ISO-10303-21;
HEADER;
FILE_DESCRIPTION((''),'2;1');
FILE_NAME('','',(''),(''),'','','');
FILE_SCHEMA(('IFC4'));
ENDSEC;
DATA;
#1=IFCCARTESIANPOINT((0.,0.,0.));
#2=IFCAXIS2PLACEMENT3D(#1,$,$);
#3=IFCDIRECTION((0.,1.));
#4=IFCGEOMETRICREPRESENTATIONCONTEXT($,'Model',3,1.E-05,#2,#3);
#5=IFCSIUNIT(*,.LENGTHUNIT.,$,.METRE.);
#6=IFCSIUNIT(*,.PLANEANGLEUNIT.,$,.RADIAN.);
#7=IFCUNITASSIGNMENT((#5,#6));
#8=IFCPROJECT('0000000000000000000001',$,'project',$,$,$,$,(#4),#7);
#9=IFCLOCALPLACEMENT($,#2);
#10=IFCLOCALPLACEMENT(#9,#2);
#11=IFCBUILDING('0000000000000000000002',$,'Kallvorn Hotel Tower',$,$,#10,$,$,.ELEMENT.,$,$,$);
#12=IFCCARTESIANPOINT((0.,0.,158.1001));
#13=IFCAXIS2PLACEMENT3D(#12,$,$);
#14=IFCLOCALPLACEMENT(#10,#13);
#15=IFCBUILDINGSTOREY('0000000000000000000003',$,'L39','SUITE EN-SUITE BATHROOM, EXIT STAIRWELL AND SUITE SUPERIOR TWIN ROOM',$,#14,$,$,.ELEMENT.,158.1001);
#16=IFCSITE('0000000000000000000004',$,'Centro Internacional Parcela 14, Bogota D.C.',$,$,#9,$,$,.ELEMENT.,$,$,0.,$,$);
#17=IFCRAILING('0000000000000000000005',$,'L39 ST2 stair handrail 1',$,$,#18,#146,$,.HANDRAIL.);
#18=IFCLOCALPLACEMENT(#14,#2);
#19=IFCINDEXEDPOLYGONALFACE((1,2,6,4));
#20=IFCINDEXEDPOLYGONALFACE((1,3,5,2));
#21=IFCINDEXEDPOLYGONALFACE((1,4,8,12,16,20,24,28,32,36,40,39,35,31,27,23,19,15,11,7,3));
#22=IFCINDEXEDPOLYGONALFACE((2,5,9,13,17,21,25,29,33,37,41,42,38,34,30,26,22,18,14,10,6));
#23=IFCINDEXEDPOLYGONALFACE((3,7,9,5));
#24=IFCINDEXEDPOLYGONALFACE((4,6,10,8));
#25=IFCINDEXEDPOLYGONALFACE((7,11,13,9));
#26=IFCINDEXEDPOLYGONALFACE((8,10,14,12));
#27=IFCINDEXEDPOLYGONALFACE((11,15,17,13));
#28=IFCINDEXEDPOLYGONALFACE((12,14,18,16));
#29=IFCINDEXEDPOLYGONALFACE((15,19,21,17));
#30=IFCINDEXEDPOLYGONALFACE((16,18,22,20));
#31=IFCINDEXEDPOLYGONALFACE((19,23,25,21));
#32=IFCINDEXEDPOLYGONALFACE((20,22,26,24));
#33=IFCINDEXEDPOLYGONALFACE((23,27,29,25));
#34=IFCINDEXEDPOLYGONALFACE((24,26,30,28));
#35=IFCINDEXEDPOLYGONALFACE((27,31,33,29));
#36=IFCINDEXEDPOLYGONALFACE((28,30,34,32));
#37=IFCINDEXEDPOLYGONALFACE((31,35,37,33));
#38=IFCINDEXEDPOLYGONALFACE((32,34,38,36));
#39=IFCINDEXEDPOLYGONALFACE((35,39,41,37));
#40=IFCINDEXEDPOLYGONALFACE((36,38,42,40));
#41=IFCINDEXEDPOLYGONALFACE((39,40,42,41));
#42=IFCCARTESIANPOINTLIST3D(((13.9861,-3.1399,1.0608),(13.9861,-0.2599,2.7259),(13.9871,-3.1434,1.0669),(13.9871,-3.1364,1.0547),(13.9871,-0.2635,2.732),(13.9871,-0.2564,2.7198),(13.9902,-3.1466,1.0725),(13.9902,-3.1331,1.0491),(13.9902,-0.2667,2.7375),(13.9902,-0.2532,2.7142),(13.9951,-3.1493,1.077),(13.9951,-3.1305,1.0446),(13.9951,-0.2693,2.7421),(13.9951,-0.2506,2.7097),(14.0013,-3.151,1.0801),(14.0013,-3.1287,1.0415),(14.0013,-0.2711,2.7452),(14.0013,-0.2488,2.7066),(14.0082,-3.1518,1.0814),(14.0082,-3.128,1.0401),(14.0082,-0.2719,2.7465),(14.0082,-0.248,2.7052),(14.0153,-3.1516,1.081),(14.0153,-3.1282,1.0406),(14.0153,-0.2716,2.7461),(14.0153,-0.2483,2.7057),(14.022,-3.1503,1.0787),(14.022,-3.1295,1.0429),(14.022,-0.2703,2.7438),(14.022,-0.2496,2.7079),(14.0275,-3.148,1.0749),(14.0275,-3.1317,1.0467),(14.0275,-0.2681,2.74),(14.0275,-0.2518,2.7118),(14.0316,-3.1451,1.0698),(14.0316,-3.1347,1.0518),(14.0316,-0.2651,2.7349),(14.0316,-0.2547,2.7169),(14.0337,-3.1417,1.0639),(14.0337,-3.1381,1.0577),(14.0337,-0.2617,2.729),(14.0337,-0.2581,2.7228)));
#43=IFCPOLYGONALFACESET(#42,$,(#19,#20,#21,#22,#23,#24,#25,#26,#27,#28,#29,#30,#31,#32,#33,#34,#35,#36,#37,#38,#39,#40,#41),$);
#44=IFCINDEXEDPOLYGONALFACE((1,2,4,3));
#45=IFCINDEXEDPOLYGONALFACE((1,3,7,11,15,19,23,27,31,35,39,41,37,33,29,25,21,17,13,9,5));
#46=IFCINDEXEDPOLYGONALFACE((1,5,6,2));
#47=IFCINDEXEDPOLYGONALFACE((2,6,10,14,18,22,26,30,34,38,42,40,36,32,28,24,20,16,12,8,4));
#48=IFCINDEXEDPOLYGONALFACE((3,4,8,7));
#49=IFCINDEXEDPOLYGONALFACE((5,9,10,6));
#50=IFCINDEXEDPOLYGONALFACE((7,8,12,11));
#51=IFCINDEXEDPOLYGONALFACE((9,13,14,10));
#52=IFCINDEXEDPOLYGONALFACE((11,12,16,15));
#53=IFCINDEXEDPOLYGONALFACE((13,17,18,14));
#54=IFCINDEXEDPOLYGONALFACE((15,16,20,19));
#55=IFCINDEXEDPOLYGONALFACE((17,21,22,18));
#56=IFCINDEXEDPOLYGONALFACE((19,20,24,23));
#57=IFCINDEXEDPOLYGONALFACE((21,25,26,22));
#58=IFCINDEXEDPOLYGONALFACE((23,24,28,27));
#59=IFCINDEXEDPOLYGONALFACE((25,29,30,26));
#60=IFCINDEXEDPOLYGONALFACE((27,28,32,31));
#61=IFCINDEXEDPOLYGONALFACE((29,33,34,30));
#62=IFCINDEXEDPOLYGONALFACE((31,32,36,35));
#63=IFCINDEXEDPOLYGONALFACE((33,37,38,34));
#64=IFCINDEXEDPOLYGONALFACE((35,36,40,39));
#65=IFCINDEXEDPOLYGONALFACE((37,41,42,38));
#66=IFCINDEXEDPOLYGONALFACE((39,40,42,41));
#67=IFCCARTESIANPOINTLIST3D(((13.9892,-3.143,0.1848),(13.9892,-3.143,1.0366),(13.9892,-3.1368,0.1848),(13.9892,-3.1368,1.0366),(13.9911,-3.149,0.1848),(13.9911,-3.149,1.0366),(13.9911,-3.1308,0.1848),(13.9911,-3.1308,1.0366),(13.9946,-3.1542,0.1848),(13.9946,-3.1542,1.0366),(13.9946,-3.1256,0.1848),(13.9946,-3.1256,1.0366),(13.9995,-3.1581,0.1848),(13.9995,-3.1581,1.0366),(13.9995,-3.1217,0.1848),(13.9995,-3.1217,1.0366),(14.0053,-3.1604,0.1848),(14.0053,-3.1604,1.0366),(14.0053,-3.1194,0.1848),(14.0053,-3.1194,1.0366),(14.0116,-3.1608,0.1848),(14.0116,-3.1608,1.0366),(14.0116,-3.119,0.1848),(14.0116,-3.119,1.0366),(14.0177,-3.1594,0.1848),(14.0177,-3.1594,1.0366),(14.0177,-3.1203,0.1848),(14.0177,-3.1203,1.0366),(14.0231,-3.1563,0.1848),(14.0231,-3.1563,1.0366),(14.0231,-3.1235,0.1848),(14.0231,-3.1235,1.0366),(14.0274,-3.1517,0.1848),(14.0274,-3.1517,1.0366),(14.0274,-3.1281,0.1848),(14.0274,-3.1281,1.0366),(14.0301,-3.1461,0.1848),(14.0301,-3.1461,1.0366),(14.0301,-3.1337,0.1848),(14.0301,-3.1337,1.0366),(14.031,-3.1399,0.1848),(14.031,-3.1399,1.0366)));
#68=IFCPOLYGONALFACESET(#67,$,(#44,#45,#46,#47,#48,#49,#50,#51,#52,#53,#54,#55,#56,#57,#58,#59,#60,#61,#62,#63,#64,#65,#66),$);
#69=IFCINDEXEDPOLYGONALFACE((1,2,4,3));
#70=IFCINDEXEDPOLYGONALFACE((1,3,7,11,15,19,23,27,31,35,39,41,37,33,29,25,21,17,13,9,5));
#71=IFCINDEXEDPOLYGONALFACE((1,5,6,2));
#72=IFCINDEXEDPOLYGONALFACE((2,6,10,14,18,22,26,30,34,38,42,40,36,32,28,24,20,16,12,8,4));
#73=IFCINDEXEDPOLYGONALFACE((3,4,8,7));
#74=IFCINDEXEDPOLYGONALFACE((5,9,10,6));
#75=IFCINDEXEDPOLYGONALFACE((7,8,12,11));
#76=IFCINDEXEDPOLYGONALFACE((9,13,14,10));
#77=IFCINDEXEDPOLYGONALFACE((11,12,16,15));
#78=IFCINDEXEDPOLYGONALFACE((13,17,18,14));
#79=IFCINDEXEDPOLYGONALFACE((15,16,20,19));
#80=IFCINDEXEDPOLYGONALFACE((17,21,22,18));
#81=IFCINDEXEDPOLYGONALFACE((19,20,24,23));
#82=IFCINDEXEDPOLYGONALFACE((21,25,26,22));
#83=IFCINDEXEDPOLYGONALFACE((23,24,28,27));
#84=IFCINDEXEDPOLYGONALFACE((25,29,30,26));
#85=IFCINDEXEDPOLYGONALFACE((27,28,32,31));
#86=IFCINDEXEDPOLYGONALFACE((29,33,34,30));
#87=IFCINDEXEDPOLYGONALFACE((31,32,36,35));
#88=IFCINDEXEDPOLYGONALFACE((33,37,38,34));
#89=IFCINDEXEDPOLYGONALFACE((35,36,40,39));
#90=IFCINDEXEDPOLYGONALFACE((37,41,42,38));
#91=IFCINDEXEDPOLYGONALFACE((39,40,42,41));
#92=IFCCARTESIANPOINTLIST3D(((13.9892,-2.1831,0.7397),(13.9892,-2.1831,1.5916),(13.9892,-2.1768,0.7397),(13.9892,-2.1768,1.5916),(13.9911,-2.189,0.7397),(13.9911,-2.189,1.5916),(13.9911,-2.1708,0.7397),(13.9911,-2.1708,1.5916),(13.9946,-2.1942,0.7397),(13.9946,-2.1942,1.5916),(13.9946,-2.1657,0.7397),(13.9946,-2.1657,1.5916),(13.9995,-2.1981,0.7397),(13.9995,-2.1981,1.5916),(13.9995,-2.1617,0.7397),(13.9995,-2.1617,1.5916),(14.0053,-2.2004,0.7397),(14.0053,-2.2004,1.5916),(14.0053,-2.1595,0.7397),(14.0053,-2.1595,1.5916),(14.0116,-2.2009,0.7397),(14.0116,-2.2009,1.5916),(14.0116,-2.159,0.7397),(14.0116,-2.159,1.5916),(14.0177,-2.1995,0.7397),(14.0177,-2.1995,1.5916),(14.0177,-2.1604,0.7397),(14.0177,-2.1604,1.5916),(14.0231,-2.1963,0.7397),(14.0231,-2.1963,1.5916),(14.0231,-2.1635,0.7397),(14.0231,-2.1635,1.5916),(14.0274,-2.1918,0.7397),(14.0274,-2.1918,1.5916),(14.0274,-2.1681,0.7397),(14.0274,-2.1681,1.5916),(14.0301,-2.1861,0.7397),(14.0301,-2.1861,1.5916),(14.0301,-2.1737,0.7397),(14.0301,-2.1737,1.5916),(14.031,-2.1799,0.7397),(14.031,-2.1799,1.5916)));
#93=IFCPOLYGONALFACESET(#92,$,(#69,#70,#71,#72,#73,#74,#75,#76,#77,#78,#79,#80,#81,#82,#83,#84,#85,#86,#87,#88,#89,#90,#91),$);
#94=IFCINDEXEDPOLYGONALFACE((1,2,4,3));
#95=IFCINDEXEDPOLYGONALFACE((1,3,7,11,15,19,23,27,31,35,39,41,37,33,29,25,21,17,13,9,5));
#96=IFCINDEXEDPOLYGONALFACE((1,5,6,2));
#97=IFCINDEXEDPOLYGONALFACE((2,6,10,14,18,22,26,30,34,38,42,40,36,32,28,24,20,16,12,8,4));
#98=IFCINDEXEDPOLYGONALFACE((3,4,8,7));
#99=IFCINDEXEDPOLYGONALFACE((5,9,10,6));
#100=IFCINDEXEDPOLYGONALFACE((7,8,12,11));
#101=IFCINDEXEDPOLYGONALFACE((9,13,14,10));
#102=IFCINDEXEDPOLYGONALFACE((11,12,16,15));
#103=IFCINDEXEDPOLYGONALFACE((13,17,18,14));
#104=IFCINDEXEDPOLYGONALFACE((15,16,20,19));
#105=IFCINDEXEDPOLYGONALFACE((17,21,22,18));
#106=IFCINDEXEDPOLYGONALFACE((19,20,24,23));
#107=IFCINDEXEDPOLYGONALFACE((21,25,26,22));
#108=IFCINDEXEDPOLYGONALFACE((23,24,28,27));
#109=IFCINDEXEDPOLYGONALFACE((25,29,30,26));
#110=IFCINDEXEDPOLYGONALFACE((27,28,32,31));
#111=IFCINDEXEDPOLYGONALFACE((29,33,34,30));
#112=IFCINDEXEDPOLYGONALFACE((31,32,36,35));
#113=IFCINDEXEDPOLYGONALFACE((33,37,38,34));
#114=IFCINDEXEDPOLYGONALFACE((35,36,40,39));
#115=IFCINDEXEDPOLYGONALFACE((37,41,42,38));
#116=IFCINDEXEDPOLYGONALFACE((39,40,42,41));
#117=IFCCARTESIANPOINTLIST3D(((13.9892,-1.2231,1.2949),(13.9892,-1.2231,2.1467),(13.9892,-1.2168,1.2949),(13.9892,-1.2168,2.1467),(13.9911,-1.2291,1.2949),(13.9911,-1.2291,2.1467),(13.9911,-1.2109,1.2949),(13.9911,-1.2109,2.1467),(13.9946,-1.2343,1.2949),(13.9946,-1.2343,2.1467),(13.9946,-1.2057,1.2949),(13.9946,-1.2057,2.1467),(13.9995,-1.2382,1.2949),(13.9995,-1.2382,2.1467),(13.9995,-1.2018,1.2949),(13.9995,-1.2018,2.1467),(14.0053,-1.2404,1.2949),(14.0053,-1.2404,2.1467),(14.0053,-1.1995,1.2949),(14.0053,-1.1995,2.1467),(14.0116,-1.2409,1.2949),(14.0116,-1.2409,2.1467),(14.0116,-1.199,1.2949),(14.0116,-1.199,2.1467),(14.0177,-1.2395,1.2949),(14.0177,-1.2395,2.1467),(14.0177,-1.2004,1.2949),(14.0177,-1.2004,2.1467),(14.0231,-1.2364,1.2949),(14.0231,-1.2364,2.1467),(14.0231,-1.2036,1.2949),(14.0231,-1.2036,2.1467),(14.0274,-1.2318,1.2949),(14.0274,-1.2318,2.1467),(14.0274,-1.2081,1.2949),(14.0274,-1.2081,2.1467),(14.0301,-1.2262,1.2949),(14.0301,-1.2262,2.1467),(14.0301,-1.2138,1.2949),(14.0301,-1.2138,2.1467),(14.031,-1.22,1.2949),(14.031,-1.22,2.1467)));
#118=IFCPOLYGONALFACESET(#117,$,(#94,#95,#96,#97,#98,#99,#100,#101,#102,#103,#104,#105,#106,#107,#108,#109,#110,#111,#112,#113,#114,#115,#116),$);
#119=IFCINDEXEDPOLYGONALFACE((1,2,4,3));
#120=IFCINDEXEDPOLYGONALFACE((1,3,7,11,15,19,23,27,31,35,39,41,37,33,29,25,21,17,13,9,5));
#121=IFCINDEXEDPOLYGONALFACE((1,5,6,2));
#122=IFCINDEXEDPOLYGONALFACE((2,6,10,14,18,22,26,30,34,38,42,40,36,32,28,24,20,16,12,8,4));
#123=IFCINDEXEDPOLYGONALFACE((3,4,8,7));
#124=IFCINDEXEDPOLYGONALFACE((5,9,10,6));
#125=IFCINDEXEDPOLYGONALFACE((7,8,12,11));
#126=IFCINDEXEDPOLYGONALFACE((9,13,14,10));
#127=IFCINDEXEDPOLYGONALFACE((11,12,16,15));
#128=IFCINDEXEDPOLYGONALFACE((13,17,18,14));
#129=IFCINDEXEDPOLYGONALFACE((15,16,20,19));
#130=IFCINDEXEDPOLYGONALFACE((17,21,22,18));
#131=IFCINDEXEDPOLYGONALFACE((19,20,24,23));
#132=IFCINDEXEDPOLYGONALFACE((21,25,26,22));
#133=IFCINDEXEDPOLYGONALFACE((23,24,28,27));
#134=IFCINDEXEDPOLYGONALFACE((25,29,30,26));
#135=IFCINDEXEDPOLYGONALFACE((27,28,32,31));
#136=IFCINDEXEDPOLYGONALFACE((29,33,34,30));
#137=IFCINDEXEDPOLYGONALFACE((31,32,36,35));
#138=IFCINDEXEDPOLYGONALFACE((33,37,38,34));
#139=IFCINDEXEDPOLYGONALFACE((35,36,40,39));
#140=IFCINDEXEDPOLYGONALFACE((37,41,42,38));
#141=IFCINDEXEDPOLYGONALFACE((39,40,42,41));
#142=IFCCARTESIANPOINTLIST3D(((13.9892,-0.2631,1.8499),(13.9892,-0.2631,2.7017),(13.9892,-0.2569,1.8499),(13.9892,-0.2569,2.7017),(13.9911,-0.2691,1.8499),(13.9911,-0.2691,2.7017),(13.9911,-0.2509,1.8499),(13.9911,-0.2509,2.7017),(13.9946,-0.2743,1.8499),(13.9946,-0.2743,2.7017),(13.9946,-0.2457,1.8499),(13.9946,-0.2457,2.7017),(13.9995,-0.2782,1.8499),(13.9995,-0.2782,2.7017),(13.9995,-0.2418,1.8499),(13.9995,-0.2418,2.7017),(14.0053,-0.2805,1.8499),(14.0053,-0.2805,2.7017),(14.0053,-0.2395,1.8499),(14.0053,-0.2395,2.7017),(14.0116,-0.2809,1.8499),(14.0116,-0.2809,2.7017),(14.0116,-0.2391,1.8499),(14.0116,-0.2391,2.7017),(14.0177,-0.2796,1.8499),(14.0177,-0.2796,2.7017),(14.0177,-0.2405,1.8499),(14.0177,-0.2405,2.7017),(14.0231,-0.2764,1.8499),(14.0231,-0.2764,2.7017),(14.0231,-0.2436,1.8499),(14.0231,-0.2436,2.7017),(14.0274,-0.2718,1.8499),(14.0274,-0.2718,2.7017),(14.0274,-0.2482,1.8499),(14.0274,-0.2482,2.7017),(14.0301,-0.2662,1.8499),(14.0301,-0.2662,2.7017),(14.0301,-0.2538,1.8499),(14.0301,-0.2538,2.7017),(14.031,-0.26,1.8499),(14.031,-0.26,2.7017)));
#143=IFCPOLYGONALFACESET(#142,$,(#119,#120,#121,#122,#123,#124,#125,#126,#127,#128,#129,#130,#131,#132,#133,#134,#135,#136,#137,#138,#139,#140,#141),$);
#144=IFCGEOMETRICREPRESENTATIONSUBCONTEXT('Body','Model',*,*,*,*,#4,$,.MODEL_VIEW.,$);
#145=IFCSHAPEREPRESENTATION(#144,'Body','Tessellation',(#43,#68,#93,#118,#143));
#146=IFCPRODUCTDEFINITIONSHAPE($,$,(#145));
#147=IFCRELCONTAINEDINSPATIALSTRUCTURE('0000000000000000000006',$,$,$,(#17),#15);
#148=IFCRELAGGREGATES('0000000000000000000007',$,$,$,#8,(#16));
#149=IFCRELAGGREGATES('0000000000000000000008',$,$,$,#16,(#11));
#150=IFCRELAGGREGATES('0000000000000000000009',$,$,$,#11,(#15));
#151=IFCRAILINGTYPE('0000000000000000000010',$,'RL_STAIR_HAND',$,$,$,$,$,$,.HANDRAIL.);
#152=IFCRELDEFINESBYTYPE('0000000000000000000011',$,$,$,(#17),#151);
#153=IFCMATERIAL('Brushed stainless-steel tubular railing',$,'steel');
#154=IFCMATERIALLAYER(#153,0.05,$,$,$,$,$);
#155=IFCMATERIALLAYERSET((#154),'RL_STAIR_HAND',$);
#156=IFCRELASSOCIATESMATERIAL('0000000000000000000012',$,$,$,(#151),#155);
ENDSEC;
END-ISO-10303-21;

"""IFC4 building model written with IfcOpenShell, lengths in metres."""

from ifc_helpers import new_model, si_unit, direction, frame, origin, origin_2d, place, context, subcontext, project, spatial, circle, extrude, material, layer, layer_set, type_object, element, save


model = new_model("IFC4")

# Units and contexts
model_context = context("Model", 3, precision=1e-05, world=origin(), true_north=direction((0.0, 1.0)))
body_context = subcontext(model_context, "Body", "Model", "MODEL_VIEW")
ifc_project = project(units=[si_unit("LENGTHUNIT", "METRE"), si_unit("PLANEANGLEUNIT", "RADIAN")], contexts=[model_context])

# Site, building, storey
site_placement = place(None, origin())
site = spatial("IfcSite", under=ifc_project, at=site_placement, Name="Centro Internacional Parcela 14, Bogota D.C.", CompositionType="ELEMENT", RefElevation=0.0)
building_placement = place(site_placement, origin())
building = spatial("IfcBuilding", under=site, at=building_placement, Name="Kallvorn Hotel Tower", CompositionType="ELEMENT")
storey_placement = place(building_placement, frame((0.0, 0.0, 158.1001)))
storey = spatial("IfcBuildingStorey", under=building, at=storey_placement, Name="L39", Description="SUITE EN-SUITE BATHROOM, EXIT STAIRWELL AND SUITE SUPERIOR TWIN ROOM", CompositionType="ELEMENT", Elevation=158.1001)

# Railing
ifc_material_1 = material(Name="Brushed stainless-steel tubular railing", Category="steel")
ifc_layer_1 = layer(ifc_material_1, 0.05)
ifc_layer_set_1 = layer_set([ifc_layer_1], Name="RL_STAIR_HAND")
railing_type_1 = type_object("IfcRailingType", Name="RL_STAIR_HAND", PredefinedType="HANDRAIL", material=ifc_layer_set_1)
railing_1_placement = place(storey_placement, frame((14.01, -3.1399, 0.1848)))
element("IfcRailing", 1, at=railing_1_placement, inside=storey, type_object=railing_type_1, Name="L39 ST2 stair handrail 1", PredefinedType="HANDRAIL", context=body_context, shape_type="SweptSolid", body=[
    extrude(circle(Radius=0.0239, at=origin_2d()), frame((0.0, 0.0, 0.876), z_axis=(0.0, 0.865721, 0.500527), x_axis=(-1.0, 0.0, 0.0)), (0.0, 0.0, 1.0), 3.3267),
    extrude(circle(Radius=0.021, at=origin_2d()), origin(), (0.0, 0.0, 1.0), 0.8518),
    extrude(circle(Radius=0.021, at=origin_2d()), frame((0.0, 0.96, 0.5549)), (0.0, 0.0, 1.0), 0.8518),
    extrude(circle(Radius=0.021, at=origin_2d()), frame((0.0, 1.9199, 1.1101)), (0.0, 0.0, 1.0), 0.8518),
    extrude(circle(Radius=0.021, at=origin_2d()), frame((0.0, 2.8799, 1.665)), (0.0, 0.0, 1.0), 0.8518),
])

save(model, "model.ifc")
